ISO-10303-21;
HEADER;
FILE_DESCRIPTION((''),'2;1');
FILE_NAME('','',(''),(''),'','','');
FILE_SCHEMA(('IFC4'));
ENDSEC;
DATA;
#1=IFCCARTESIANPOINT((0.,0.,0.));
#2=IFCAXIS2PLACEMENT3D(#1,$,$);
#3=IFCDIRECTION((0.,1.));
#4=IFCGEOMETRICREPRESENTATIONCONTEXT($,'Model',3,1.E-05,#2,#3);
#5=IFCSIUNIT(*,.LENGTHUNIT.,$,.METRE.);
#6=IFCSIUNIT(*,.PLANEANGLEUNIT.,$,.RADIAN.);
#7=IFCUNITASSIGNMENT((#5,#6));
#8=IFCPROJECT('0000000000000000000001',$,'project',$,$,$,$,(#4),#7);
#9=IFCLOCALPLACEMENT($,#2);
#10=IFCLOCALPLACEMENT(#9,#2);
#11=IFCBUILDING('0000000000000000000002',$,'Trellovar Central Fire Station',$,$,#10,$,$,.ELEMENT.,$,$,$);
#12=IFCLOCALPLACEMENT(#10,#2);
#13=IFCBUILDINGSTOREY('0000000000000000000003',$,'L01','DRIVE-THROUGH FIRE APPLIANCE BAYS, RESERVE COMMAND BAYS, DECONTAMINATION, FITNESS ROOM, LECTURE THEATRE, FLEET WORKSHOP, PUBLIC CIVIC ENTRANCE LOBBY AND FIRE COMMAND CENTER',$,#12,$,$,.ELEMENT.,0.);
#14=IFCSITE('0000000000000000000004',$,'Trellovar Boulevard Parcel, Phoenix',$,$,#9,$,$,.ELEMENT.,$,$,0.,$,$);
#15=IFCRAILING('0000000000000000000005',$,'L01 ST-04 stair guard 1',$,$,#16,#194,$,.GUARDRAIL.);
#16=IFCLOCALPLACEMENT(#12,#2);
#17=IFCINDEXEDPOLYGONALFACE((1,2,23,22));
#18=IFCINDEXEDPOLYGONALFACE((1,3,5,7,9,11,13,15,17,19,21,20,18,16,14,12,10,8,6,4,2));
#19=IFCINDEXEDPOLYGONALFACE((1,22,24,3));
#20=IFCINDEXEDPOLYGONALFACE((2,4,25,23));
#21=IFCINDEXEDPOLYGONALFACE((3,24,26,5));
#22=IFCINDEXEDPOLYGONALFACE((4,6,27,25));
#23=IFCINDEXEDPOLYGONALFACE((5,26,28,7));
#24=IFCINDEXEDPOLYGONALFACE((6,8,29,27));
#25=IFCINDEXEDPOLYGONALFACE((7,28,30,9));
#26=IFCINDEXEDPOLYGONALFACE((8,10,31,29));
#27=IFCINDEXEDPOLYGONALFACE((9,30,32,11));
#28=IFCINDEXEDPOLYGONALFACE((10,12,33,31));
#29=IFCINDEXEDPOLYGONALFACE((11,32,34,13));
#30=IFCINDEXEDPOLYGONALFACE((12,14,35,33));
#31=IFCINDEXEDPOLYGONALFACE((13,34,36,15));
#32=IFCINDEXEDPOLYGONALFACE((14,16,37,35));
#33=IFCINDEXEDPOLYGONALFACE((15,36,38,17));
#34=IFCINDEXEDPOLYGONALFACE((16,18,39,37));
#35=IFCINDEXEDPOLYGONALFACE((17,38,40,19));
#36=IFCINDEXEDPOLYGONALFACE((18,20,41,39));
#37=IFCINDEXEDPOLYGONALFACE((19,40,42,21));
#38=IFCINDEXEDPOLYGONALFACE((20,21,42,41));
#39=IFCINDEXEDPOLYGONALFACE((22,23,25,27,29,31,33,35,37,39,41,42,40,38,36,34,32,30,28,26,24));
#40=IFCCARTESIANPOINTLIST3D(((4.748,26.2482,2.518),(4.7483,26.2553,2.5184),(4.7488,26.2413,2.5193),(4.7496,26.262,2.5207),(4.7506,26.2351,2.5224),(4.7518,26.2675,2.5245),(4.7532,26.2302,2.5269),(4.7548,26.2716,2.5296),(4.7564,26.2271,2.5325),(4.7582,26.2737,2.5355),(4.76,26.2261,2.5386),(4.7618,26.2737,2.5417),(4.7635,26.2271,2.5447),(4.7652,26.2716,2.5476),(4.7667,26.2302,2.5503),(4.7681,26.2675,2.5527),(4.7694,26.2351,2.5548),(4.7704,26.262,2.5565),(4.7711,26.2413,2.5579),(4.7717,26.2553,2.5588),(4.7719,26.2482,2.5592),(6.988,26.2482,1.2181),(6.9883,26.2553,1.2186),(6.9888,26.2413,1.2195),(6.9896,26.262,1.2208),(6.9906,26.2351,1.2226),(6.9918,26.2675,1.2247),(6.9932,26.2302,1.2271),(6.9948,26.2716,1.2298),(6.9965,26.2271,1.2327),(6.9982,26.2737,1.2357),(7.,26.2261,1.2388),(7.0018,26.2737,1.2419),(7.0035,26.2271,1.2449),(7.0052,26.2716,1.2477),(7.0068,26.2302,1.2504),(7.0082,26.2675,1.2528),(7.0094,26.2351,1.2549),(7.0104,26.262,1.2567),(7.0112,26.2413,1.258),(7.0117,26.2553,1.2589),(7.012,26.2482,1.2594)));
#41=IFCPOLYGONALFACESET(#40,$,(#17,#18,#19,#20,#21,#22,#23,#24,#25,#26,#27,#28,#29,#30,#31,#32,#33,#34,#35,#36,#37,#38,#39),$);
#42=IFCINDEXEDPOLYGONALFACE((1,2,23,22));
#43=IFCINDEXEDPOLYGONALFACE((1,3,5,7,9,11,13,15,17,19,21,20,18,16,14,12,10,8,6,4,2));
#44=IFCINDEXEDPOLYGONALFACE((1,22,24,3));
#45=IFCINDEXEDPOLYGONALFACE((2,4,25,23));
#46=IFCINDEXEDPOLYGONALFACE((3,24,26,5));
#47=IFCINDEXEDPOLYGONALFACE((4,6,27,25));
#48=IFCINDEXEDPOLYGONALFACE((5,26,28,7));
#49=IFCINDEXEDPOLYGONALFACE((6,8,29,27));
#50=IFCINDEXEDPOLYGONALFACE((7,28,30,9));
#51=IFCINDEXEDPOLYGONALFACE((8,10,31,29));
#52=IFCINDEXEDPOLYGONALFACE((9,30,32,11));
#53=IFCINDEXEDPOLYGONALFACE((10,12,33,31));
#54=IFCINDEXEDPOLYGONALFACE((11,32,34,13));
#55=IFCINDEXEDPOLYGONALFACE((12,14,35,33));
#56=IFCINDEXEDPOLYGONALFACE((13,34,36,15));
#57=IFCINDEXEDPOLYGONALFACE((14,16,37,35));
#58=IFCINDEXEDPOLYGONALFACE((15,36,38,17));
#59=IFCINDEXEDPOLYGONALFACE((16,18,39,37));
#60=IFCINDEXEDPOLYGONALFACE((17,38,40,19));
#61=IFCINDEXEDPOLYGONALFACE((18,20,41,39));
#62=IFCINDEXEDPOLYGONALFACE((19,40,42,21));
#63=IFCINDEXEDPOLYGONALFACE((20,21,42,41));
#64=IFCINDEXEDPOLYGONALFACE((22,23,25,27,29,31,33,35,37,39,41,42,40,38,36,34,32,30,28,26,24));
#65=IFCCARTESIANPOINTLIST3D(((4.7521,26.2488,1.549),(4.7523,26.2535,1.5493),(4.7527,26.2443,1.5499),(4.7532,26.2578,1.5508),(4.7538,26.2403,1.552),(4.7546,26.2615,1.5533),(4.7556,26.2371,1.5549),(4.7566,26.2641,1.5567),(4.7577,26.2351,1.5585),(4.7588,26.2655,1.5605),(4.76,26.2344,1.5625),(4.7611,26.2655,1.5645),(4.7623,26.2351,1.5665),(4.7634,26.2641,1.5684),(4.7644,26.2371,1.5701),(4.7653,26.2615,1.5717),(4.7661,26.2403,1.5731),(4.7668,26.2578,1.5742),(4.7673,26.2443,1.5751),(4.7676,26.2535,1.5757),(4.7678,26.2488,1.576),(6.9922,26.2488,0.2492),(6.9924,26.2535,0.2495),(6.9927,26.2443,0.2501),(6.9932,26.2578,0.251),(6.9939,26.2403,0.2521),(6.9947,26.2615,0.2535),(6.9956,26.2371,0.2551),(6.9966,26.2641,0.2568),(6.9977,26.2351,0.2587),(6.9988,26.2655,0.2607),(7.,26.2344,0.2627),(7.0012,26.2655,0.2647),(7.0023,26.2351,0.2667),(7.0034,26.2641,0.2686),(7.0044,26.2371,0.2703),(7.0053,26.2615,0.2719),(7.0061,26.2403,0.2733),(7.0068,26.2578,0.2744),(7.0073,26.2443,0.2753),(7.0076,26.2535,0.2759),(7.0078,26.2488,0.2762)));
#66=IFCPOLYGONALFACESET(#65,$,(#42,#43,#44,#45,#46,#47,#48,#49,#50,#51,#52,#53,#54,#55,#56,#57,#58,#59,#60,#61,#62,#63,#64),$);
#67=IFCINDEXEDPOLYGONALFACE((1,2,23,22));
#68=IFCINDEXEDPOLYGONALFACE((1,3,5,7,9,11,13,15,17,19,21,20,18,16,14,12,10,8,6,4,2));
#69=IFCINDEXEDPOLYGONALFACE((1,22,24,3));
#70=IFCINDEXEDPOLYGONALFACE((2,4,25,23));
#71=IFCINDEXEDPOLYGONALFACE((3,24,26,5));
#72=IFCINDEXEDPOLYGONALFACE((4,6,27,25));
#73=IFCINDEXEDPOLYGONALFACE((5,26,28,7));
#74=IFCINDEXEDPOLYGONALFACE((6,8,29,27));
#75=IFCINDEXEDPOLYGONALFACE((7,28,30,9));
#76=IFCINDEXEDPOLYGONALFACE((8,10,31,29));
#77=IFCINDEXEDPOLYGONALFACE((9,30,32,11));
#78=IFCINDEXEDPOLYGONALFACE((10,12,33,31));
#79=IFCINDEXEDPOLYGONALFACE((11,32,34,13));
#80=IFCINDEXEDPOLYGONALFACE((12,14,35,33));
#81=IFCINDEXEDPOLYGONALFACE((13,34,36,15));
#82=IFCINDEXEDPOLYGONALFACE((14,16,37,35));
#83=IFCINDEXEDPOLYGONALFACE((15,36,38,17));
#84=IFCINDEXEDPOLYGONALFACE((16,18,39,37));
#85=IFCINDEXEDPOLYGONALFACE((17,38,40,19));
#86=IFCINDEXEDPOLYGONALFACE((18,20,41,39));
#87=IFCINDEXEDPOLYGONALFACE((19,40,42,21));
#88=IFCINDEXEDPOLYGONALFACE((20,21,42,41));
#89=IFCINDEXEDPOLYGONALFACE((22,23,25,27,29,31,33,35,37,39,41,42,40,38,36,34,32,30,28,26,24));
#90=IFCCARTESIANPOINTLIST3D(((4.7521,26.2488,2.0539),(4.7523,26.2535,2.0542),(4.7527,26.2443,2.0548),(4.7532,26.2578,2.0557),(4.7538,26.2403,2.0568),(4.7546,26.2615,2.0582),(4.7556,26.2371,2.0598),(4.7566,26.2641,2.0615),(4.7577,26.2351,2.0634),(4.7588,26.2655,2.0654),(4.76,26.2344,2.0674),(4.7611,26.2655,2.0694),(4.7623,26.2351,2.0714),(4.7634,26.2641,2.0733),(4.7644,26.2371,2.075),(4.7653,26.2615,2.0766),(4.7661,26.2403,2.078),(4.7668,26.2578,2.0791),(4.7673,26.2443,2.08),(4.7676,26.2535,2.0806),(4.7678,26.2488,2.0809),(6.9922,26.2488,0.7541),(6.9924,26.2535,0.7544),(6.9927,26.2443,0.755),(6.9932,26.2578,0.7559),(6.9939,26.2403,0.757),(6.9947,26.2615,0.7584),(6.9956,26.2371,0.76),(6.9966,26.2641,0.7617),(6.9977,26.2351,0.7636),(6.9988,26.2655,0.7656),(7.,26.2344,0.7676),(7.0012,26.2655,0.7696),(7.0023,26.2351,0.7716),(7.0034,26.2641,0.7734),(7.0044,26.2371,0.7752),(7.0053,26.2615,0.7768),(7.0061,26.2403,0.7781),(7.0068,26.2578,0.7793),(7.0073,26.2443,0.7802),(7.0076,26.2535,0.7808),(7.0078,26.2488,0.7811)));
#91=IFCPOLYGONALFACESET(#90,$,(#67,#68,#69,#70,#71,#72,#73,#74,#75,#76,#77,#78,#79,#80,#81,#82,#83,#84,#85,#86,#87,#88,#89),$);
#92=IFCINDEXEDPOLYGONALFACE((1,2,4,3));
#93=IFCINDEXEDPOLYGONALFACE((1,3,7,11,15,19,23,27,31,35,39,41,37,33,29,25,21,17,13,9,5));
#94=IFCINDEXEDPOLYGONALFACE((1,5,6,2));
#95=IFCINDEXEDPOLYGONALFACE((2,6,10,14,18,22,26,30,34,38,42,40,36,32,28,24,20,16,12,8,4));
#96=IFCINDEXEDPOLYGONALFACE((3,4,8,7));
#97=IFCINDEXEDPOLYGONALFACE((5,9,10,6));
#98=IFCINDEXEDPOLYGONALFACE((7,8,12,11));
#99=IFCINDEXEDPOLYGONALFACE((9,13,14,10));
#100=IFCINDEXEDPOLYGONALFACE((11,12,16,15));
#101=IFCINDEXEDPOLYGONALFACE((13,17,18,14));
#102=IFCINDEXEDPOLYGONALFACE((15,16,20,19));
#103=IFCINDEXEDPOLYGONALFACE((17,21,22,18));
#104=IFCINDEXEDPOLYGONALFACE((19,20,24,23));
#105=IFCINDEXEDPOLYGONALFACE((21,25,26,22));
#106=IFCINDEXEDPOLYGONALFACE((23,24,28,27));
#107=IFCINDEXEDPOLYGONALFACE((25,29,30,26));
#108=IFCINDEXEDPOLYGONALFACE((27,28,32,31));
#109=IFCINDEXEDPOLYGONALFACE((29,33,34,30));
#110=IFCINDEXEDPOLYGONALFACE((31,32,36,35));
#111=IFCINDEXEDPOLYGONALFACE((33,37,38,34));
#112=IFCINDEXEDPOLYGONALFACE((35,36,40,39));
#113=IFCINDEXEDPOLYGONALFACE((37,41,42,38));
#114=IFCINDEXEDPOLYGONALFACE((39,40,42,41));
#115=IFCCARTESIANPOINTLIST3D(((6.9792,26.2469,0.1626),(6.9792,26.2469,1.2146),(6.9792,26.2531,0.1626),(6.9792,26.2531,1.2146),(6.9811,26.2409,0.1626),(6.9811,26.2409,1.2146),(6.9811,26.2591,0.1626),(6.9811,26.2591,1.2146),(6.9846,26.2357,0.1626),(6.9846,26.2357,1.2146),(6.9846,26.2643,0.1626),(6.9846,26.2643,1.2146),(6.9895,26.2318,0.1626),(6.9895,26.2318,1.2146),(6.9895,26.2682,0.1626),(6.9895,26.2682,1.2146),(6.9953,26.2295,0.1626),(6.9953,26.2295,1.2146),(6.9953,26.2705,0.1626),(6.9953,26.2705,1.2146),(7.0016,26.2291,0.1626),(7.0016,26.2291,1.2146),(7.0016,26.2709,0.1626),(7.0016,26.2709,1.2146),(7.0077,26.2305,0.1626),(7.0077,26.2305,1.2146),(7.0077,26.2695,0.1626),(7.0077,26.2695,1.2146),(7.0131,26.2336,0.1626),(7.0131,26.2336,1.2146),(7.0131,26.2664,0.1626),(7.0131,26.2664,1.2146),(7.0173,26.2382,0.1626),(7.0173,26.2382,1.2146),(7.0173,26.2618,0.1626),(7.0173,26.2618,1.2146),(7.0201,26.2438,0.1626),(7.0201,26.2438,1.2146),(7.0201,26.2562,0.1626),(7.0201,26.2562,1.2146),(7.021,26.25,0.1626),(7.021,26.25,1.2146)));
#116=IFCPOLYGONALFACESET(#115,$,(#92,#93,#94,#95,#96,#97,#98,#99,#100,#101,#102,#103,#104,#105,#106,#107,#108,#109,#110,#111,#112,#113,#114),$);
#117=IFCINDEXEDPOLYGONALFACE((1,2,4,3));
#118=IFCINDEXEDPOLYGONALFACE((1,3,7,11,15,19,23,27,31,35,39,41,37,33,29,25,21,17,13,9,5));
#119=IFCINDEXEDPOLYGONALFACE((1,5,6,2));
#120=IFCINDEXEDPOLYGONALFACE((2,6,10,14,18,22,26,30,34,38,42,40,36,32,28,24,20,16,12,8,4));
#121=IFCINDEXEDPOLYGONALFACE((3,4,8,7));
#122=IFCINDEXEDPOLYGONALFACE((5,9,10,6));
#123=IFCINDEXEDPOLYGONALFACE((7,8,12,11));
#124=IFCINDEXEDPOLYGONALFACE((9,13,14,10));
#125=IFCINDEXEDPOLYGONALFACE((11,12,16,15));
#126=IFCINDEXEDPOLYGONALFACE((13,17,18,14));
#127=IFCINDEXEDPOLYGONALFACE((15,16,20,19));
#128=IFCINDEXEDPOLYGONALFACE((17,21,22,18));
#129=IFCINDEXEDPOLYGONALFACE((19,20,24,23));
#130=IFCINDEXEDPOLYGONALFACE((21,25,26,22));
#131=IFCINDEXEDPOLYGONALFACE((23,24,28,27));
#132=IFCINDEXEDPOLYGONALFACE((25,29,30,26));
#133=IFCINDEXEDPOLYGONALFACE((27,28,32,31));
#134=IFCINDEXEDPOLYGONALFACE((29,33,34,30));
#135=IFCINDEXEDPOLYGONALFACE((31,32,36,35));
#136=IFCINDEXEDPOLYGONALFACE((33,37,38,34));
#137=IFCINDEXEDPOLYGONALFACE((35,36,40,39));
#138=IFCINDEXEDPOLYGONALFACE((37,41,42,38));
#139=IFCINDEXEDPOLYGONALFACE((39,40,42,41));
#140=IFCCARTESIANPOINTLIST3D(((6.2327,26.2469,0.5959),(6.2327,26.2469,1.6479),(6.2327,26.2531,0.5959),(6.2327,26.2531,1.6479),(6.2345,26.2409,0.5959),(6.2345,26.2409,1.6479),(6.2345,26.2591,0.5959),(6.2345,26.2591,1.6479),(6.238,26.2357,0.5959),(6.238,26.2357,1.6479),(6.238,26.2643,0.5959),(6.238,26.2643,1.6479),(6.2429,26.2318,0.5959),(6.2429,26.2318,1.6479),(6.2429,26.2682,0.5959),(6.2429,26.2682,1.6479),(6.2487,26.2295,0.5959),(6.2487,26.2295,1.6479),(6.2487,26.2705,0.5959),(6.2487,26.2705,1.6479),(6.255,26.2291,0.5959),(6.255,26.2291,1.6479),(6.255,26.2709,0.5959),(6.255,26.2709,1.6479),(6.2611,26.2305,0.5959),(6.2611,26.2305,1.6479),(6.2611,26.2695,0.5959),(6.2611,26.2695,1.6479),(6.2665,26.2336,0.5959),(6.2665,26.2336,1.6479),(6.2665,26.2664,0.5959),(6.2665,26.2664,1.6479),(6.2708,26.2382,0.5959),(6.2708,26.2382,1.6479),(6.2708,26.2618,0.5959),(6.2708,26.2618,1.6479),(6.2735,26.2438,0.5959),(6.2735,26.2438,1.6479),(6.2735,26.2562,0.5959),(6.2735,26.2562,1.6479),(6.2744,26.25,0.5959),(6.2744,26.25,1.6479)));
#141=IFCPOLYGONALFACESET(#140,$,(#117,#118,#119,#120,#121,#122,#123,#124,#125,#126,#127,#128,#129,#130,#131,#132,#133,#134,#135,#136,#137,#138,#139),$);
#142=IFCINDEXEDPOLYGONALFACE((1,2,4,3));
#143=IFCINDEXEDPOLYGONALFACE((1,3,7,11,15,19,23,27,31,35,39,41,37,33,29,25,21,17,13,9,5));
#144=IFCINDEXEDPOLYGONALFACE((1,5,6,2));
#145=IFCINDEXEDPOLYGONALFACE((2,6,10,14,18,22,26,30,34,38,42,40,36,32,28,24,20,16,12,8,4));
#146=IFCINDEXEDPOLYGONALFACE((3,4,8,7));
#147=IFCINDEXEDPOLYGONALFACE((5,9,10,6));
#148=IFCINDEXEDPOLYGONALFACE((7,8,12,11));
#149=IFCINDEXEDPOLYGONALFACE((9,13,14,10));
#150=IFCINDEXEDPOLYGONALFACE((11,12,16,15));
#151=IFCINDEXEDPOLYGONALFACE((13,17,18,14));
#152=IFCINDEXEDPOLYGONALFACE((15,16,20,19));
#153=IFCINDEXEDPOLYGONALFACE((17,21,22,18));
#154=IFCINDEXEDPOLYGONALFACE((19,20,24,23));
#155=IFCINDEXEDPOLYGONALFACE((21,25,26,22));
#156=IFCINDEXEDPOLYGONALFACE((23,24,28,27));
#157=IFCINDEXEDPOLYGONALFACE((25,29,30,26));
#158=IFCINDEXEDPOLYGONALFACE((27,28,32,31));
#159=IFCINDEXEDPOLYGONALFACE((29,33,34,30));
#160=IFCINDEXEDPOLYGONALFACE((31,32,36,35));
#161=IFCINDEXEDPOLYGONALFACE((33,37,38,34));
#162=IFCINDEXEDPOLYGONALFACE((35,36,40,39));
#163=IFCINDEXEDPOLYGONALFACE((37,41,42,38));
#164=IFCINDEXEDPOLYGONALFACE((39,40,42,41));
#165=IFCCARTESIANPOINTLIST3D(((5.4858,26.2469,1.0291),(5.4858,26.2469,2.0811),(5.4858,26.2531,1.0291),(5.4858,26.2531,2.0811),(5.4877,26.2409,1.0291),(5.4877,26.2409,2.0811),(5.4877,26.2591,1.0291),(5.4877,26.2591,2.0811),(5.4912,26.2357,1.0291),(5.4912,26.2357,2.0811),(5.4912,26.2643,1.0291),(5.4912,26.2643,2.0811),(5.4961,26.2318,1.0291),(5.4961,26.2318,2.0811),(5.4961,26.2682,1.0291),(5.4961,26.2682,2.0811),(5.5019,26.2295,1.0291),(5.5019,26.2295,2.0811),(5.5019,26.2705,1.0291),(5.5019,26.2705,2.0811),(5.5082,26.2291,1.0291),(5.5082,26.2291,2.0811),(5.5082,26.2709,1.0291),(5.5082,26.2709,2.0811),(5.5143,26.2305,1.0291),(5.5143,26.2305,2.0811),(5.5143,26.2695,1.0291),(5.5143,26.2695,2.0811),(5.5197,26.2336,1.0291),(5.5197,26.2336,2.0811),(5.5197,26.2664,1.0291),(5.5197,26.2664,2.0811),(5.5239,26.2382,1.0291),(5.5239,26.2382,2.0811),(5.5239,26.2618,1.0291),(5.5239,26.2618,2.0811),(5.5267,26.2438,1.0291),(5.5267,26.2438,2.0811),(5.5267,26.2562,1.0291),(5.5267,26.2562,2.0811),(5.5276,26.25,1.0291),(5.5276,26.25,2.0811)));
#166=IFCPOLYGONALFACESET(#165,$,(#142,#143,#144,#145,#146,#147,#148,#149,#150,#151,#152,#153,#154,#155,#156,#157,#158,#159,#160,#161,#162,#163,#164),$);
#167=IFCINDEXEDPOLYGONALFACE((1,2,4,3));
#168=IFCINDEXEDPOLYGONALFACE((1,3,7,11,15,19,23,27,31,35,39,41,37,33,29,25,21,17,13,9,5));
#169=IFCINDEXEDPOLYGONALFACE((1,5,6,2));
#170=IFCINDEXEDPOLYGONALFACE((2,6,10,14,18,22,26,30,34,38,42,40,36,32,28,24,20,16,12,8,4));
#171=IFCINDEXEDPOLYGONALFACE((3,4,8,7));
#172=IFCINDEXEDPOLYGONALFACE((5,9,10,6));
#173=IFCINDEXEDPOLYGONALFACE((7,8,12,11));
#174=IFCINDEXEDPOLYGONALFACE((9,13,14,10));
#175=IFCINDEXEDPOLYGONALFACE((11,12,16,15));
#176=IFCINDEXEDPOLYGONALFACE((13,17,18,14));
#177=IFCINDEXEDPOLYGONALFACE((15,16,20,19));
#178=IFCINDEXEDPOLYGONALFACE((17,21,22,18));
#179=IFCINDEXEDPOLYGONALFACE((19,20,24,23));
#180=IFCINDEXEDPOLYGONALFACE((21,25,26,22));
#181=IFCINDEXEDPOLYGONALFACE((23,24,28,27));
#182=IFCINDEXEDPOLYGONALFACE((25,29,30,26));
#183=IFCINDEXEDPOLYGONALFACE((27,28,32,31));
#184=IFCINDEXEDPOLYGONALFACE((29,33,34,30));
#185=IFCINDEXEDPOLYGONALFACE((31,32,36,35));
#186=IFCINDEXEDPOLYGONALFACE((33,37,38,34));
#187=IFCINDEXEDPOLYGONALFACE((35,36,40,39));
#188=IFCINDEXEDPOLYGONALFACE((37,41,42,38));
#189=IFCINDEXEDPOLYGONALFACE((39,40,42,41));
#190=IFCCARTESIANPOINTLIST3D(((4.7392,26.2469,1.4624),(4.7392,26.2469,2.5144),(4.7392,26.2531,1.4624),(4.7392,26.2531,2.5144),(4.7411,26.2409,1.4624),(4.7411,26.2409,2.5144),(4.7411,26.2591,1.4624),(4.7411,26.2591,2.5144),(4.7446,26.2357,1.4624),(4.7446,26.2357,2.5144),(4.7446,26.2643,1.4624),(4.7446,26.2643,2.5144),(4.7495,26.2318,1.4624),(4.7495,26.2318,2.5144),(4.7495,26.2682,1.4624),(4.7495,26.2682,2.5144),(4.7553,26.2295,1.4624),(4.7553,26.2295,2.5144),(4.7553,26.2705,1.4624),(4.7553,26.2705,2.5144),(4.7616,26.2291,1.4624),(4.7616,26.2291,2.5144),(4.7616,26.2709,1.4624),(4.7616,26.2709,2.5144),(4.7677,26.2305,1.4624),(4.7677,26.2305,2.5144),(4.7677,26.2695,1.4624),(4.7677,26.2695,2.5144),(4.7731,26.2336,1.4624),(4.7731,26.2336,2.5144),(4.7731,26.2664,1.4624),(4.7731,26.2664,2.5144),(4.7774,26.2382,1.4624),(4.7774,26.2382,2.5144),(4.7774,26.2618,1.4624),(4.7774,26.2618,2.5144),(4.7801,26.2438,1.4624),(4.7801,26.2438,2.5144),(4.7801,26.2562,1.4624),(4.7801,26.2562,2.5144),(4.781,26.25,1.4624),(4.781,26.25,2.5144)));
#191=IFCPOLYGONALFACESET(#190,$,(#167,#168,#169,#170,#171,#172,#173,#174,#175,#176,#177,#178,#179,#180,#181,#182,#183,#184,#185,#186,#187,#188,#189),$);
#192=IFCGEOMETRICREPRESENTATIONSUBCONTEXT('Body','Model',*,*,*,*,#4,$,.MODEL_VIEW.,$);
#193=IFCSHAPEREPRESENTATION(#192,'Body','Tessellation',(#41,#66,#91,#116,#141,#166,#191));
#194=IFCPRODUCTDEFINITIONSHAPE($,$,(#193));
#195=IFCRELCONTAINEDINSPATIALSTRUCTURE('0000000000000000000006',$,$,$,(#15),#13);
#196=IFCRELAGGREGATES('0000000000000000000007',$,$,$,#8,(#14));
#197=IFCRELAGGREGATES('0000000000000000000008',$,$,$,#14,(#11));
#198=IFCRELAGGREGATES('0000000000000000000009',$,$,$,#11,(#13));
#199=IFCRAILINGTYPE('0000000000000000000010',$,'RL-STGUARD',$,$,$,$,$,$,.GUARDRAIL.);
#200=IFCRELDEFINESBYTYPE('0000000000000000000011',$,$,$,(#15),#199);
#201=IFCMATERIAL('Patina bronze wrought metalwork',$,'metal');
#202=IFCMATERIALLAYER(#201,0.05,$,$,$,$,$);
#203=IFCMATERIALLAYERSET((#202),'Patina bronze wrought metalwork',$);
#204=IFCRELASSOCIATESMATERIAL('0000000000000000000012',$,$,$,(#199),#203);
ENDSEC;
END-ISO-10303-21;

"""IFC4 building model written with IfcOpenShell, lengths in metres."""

from ifc_helpers import new_model, si_unit, direction, frame, origin, origin_2d, place, context, subcontext, project, spatial, circle, extrude, material, layer, layer_set, type_object, element, save


model = new_model("IFC4")

# Units and contexts
model_context = context("Model", 3, precision=1e-05, world=origin(), true_north=direction((0.0, 1.0)))
body_context = subcontext(model_context, "Body", "Model", "MODEL_VIEW")
ifc_project = project(units=[si_unit("LENGTHUNIT", "METRE"), si_unit("PLANEANGLEUNIT", "RADIAN")], contexts=[model_context])

# Site, building, storey
site_placement = place(None, origin())
site = spatial("IfcSite", under=ifc_project, at=site_placement, Name="Trellovar Boulevard Parcel, Phoenix", CompositionType="ELEMENT", RefElevation=0.0)
building_placement = place(site_placement, origin())
building = spatial("IfcBuilding", under=site, at=building_placement, Name="Trellovar Central Fire Station", CompositionType="ELEMENT")
storey_placement = place(building_placement, origin())
storey = spatial("IfcBuildingStorey", under=building, at=storey_placement, Name="L01", Description="DRIVE-THROUGH FIRE APPLIANCE BAYS, RESERVE COMMAND BAYS, DECONTAMINATION, FITNESS ROOM, LECTURE THEATRE, FLEET WORKSHOP, PUBLIC CIVIC ENTRANCE LOBBY AND FIRE COMMAND CENTER", CompositionType="ELEMENT", Elevation=0.0)

# Railing
ifc_material_1 = material(Name="Patina bronze wrought metalwork", Category="metal")
ifc_layer_1 = layer(ifc_material_1, 0.05)
ifc_layer_set_1 = layer_set([ifc_layer_1], Name="Patina bronze wrought metalwork")
railing_type_1 = type_object("IfcRailingType", Name="RL-STGUARD", PredefinedType="GUARDRAIL", material=ifc_layer_set_1)
railing_1_placement = place(storey_placement, frame((7.0, 26.25, 0.1626)))
element("IfcRailing", 1, at=railing_1_placement, inside=storey, type_object=railing_type_1, Name="L01 ST-04 stair guard 1", PredefinedType="GUARDRAIL", context=body_context, shape_type="SweptSolid", body=[
    extrude(circle(Radius=0.0239, at=origin_2d()), frame((0.0, 0.0, 1.0762), z_axis=(-0.864929, 0.0, 0.501894), x_axis=(0.0, -1.0, 0.0)), (0.0, 0.0, 1.0), 2.5898),
    extrude(circle(Radius=0.0156, at=origin_2d()), frame((0.0, 0.0, 0.1001), z_axis=(-0.864929, 0.0, 0.501894), x_axis=(0.0, -1.0, 0.0)), (0.0, 0.0, 1.0), 2.5898),
    extrude(circle(Radius=0.0156, at=origin_2d()), frame((0.0, 0.0, 0.605), z_axis=(-0.864929, 0.0, 0.501894), x_axis=(0.0, -1.0, 0.0)), (0.0, 0.0, 1.0), 2.5898),
    extrude(circle(Radius=0.021, at=origin_2d()), origin(), (0.0, 0.0, 1.0), 1.052),
    extrude(circle(Radius=0.021, at=origin_2d()), frame((-0.7466, 0.0, 0.4333)), (0.0, 0.0, 1.0), 1.052),
    extrude(circle(Radius=0.021, at=origin_2d()), frame((-1.4934, 0.0, 0.8665)), (0.0, 0.0, 1.0), 1.052),
    extrude(circle(Radius=0.021, at=origin_2d()), frame((-2.24, 0.0, 1.2998)), (0.0, 0.0, 1.0), 1.052),
])

save(model, "model.ifc")
